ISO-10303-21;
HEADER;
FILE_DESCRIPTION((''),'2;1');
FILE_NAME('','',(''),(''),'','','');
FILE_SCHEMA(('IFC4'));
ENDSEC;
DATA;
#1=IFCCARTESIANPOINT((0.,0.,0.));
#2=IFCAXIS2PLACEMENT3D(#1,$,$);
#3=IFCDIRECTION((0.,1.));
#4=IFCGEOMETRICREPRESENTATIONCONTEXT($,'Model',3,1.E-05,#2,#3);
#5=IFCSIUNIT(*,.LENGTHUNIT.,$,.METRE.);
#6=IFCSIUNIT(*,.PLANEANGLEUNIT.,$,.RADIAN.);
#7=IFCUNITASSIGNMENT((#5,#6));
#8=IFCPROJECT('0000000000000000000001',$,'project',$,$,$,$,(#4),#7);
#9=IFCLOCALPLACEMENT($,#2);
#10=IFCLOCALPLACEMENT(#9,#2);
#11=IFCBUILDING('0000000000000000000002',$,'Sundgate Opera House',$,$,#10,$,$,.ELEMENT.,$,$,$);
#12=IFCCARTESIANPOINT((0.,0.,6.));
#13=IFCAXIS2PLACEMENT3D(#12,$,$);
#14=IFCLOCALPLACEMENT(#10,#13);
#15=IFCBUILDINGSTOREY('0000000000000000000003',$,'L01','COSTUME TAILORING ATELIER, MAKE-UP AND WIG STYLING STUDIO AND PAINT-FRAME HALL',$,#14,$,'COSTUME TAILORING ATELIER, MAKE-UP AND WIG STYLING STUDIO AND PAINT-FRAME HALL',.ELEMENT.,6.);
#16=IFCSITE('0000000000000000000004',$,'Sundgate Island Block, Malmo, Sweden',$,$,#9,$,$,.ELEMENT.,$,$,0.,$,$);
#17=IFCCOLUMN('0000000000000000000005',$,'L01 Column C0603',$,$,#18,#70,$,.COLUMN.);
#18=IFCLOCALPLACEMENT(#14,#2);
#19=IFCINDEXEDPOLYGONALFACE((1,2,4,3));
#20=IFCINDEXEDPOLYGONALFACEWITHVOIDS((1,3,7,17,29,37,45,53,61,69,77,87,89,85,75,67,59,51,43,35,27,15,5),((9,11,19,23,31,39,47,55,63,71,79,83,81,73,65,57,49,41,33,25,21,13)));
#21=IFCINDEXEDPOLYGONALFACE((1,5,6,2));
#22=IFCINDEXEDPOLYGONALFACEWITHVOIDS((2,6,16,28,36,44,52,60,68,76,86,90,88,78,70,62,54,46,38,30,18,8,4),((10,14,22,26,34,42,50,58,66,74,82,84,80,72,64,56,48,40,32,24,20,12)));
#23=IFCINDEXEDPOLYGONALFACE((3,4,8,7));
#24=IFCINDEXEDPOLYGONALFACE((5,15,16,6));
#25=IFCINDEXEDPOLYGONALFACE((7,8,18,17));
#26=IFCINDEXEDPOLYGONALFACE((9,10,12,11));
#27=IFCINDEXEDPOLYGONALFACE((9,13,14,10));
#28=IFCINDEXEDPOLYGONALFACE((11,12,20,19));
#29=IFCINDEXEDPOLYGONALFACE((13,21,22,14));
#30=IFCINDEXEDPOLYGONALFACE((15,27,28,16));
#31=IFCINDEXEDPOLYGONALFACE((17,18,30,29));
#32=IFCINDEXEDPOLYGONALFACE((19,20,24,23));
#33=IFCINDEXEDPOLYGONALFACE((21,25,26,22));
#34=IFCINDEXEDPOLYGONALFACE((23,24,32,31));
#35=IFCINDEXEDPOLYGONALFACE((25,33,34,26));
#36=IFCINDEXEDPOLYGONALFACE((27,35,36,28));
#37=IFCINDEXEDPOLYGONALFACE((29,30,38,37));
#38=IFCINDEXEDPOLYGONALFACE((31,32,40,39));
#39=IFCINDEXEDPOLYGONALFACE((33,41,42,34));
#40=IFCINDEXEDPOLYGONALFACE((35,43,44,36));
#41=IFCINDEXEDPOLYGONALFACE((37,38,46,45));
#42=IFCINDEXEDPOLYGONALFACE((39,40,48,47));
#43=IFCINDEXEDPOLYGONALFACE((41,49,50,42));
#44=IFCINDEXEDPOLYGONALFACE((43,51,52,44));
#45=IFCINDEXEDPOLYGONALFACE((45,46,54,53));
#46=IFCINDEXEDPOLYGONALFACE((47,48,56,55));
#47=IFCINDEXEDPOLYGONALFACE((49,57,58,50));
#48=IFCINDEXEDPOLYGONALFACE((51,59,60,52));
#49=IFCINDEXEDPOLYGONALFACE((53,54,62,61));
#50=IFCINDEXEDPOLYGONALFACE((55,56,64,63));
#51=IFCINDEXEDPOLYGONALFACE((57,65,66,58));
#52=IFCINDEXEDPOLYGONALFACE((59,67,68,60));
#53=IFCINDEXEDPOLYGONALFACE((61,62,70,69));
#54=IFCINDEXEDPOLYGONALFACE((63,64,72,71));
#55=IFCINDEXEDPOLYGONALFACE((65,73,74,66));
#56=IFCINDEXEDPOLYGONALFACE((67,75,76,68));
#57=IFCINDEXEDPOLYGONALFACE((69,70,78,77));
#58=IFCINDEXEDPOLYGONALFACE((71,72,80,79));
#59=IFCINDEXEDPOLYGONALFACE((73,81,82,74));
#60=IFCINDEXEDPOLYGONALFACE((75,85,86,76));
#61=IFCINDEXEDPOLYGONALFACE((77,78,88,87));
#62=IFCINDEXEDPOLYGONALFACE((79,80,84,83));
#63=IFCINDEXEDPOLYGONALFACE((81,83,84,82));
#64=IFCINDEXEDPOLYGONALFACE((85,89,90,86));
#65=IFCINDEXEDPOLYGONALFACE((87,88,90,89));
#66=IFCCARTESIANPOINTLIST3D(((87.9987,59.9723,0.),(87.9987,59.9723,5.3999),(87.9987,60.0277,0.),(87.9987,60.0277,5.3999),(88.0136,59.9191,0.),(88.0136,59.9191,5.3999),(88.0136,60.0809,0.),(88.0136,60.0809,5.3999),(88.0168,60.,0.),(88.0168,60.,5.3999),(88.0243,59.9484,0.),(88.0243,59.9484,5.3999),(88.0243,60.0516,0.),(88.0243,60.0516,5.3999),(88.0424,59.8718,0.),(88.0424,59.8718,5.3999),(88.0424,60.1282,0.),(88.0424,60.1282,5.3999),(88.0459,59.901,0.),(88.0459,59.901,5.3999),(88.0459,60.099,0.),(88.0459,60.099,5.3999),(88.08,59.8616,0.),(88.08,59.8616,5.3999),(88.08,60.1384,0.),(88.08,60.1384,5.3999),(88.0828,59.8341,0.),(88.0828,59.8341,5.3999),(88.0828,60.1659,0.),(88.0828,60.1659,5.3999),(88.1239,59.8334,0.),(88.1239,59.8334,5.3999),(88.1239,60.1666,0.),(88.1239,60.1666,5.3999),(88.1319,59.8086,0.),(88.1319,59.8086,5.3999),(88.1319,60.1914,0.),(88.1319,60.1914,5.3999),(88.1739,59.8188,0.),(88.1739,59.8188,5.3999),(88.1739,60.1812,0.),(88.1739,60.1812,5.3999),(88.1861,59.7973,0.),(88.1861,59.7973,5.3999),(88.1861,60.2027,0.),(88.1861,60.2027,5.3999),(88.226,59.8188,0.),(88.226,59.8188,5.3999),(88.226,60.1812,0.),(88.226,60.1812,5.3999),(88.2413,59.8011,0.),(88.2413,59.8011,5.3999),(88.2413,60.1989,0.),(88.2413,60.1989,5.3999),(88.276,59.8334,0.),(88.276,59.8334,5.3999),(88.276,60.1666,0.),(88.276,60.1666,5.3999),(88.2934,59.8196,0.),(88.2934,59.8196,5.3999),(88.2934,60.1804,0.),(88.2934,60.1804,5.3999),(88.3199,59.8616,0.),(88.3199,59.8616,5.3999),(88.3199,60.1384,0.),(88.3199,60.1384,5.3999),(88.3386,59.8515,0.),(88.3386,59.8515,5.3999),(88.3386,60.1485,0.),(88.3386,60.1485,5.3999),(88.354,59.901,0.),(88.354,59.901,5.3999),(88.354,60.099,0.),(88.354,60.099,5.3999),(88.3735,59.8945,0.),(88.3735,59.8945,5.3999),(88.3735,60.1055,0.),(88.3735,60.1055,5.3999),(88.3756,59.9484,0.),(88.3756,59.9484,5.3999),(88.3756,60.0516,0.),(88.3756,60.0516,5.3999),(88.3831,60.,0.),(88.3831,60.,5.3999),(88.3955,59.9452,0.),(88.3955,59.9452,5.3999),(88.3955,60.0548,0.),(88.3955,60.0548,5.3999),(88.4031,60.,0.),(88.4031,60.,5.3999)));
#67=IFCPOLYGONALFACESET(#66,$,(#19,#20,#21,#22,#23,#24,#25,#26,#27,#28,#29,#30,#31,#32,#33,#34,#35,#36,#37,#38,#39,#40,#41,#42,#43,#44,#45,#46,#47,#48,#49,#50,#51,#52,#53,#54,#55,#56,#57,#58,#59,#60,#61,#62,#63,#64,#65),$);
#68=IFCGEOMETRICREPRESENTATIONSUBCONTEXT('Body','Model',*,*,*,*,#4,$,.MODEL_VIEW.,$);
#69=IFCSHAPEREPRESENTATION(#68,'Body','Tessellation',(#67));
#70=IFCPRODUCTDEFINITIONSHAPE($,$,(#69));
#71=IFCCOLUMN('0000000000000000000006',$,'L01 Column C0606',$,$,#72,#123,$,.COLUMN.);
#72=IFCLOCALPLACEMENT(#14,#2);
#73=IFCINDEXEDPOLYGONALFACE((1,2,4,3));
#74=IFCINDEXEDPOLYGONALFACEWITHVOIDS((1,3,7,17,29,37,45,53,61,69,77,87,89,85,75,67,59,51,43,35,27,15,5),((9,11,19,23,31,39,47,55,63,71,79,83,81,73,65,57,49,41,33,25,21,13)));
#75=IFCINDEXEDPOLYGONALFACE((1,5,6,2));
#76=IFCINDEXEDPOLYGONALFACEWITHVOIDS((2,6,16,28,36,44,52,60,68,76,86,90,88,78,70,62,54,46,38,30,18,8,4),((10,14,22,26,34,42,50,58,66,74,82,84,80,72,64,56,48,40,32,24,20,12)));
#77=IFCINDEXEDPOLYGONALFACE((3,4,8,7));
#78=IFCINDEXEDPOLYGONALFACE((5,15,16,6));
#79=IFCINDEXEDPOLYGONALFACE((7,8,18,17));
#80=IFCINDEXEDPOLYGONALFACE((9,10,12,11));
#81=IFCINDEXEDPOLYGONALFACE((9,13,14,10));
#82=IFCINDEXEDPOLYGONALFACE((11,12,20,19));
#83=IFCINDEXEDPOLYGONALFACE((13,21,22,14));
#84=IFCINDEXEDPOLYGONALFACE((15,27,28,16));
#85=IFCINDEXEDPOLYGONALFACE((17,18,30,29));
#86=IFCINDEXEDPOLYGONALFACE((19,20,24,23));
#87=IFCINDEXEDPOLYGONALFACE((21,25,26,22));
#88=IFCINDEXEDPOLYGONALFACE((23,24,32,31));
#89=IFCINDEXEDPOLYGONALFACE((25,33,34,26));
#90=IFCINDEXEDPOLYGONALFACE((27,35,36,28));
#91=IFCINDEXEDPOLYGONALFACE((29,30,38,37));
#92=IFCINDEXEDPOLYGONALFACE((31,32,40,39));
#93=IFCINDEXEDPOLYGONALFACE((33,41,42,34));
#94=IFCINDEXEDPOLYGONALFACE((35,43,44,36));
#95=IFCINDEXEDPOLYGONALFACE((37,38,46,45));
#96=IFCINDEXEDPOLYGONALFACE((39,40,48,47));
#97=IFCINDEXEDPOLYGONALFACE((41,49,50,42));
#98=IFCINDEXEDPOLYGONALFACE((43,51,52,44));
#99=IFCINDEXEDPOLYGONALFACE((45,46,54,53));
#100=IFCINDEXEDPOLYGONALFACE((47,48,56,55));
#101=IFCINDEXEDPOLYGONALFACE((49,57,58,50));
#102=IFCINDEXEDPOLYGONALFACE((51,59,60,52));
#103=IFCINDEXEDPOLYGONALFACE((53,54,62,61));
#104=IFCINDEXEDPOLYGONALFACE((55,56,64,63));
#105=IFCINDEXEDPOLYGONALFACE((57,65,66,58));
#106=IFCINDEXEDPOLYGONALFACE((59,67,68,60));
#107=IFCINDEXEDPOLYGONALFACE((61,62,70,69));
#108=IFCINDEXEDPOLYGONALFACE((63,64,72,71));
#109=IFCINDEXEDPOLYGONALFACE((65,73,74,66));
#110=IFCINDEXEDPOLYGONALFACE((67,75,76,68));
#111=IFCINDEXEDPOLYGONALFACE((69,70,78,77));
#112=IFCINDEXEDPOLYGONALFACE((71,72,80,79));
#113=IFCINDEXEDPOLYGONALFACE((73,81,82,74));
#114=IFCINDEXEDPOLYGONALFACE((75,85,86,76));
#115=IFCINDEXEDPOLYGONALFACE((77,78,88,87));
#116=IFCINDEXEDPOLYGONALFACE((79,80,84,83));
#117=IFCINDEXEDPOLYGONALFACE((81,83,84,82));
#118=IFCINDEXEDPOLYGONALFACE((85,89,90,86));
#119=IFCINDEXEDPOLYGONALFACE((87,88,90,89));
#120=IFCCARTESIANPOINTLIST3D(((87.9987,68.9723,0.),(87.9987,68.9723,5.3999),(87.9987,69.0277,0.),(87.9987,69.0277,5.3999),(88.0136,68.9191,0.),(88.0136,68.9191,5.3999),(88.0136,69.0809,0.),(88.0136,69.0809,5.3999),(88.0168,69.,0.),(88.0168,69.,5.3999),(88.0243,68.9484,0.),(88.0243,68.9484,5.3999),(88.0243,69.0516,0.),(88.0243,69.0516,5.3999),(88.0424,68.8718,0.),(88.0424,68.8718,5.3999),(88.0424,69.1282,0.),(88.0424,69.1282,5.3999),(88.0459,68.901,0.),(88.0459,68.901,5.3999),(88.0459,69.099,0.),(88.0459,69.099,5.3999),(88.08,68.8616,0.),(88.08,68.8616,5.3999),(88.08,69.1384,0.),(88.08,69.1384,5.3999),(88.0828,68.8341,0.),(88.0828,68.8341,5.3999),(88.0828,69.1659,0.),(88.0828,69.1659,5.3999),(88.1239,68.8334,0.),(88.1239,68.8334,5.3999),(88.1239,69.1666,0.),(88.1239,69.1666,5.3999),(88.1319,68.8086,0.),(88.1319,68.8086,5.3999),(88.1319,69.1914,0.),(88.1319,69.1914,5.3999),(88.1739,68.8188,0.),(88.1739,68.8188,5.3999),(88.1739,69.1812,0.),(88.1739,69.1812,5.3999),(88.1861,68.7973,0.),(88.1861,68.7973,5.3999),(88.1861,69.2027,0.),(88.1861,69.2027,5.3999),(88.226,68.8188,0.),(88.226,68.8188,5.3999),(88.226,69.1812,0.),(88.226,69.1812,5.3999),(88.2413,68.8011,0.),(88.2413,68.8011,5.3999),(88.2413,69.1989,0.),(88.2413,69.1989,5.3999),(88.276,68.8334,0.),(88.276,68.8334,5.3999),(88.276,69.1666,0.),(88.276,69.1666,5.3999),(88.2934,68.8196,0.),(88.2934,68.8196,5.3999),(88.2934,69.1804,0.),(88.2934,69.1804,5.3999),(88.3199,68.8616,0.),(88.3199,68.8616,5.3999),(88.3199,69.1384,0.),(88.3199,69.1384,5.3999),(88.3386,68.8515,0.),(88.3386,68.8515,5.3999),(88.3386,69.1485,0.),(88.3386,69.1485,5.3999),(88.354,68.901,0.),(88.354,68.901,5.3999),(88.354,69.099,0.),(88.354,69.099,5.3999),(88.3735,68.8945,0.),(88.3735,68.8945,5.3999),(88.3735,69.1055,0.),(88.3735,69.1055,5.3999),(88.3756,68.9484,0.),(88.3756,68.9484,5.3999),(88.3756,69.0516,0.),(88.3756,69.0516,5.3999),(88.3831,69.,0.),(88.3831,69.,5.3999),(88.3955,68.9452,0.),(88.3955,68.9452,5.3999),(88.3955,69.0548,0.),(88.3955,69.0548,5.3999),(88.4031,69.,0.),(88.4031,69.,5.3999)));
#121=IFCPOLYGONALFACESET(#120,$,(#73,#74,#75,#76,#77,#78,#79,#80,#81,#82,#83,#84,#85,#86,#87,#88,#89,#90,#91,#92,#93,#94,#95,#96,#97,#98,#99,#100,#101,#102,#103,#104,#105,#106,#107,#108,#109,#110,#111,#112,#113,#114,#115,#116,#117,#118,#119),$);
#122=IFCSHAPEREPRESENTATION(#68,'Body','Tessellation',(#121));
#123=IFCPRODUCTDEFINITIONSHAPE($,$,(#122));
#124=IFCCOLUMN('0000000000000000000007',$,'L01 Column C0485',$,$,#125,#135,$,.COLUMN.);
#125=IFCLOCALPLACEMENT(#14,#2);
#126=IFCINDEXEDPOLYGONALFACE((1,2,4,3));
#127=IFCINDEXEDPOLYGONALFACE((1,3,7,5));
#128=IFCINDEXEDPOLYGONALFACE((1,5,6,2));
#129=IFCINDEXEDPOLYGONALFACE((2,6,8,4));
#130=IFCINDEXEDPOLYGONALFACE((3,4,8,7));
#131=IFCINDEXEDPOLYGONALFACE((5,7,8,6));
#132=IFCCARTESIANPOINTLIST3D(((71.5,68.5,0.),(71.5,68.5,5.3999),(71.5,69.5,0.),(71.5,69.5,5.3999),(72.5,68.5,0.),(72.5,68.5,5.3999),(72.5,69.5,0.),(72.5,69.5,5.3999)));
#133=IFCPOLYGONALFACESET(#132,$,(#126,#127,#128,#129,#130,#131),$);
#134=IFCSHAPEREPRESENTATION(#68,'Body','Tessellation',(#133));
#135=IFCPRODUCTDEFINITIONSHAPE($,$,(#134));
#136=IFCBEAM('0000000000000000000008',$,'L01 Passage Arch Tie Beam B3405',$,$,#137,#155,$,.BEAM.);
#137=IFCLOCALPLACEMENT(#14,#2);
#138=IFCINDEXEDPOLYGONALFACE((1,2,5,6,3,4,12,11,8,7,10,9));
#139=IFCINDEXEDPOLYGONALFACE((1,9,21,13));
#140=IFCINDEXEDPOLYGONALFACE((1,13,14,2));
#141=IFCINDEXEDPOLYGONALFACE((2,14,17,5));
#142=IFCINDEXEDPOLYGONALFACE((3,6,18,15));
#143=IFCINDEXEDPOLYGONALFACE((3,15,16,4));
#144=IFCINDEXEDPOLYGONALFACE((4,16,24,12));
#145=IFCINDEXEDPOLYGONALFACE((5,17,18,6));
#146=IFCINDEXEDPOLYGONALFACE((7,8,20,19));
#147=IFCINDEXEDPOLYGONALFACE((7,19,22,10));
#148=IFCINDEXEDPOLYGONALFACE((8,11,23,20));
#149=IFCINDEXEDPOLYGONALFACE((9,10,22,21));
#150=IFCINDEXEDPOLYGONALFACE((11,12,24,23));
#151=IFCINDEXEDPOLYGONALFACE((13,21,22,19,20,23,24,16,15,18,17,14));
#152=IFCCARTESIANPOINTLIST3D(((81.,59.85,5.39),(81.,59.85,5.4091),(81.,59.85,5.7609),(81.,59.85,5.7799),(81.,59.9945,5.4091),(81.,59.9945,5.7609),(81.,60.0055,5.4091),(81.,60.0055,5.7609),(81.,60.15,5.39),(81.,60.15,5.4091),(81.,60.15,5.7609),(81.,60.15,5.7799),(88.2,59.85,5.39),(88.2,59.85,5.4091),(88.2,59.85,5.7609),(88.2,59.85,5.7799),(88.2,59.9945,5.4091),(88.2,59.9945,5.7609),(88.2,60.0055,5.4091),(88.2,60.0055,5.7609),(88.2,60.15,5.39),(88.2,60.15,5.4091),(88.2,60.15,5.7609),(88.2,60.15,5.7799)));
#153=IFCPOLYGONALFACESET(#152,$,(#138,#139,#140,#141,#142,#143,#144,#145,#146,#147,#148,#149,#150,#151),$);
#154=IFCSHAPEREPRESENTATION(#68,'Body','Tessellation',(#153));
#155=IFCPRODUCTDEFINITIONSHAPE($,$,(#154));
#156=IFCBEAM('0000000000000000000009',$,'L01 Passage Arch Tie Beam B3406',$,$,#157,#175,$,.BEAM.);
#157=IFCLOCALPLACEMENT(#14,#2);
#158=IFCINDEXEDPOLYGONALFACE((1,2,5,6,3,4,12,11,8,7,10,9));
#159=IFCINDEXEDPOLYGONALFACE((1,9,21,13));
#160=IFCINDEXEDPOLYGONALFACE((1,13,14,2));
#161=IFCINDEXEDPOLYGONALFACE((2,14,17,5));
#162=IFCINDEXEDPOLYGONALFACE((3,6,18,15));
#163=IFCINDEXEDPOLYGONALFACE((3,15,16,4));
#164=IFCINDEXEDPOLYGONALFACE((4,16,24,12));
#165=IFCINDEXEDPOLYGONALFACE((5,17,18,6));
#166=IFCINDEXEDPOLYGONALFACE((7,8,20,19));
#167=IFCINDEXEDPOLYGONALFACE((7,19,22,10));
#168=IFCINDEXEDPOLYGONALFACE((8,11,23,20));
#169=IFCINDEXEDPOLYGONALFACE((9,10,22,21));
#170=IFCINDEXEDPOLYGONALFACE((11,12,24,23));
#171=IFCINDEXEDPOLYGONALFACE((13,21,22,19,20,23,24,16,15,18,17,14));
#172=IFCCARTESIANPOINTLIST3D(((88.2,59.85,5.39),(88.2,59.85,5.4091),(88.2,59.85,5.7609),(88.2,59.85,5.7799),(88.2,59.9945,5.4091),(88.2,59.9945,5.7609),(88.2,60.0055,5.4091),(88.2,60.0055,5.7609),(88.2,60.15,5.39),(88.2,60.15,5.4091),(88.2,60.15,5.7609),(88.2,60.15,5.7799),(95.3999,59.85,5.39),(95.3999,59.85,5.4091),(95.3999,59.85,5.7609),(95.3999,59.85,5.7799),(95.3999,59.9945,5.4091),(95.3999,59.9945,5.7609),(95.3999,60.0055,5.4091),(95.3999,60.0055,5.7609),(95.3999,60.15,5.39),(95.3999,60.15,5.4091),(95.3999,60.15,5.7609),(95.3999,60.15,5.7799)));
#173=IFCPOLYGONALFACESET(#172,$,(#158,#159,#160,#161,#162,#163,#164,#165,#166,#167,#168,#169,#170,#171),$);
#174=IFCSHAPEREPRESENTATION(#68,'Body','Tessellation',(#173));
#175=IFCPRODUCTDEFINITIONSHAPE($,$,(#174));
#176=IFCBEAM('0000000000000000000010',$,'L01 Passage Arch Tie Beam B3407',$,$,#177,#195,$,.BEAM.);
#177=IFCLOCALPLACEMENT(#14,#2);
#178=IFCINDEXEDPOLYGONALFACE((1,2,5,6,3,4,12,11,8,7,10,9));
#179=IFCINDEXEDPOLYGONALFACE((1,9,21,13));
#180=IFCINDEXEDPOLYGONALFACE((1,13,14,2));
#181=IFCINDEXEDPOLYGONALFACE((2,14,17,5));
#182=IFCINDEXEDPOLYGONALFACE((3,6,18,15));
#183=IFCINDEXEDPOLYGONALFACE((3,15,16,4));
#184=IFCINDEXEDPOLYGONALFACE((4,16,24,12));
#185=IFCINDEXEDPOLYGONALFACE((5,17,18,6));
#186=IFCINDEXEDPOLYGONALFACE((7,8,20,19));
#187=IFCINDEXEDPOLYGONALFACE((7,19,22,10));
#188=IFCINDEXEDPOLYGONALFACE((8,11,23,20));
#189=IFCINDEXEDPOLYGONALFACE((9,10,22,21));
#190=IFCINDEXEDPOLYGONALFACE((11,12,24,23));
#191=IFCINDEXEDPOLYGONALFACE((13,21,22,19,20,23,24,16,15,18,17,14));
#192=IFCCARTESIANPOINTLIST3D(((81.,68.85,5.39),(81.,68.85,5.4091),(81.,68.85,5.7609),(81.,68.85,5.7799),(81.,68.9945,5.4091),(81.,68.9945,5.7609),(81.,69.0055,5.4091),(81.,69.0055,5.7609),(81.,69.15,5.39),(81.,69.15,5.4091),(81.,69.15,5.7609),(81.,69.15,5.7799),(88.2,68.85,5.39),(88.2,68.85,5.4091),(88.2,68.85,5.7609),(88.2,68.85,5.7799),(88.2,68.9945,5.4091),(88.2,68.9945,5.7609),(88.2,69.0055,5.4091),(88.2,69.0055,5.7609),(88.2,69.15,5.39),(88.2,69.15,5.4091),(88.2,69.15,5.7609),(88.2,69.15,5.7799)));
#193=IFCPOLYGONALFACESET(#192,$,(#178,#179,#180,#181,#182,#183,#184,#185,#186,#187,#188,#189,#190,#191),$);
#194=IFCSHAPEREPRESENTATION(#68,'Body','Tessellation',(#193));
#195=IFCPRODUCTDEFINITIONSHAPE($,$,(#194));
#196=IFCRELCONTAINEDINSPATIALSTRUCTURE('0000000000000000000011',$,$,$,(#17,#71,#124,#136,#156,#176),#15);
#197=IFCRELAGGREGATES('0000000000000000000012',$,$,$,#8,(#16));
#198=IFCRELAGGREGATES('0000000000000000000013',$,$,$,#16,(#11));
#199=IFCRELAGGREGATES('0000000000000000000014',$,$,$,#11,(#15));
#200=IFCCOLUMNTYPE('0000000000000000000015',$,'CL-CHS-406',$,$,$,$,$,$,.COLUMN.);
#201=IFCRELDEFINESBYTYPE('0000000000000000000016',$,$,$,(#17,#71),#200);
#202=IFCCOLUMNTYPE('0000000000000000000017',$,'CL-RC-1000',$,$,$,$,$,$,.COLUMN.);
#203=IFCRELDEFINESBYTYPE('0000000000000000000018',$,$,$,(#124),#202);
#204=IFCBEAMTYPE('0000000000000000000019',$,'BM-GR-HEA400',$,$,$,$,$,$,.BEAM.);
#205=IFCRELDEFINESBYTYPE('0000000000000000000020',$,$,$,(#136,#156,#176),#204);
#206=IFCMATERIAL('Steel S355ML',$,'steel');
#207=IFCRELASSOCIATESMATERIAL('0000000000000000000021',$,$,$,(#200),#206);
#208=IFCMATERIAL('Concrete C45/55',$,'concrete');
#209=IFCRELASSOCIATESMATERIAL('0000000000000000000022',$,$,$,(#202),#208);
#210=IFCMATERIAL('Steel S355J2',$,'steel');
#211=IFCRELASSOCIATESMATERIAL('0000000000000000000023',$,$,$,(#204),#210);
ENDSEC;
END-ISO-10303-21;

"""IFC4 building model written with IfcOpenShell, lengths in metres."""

from ifc_helpers import new_model, si_unit, direction, frame, origin, origin_2d, place, context, subcontext, project, spatial, rectangle, hollow_circle, i_section, extrude, material, material_profile, profile_set, type_object, element, save


model = new_model("IFC4")

# Units and contexts
model_context = context("Model", 3, precision=1e-05, world=origin(), true_north=direction((0.0, 1.0)))
body_context = subcontext(model_context, "Body", "Model", "MODEL_VIEW")
ifc_project = project(units=[si_unit("LENGTHUNIT", "METRE"), si_unit("PLANEANGLEUNIT", "RADIAN")], contexts=[model_context])

# Site, building, storey
site_placement = place(None, origin())
site = spatial("IfcSite", under=ifc_project, at=site_placement, Name="Sundgate Island Block, Malmo, Sweden", CompositionType="ELEMENT", RefElevation=0.0)
building_placement = place(site_placement, origin())
building = spatial("IfcBuilding", under=site, at=building_placement, Name="Sundgate Opera House", CompositionType="ELEMENT")
storey_placement = place(building_placement, frame((0.0, 0.0, 6.0)))
storey = spatial("IfcBuildingStorey", under=building, at=storey_placement, Name="L01", Description="COSTUME TAILORING ATELIER, MAKE-UP AND WIG STYLING STUDIO AND PAINT-FRAME HALL", LongName="COSTUME TAILORING ATELIER, MAKE-UP AND WIG STYLING STUDIO AND PAINT-FRAME HALL", CompositionType="ELEMENT", Elevation=6.0)

# Columns
ifc_material_1 = material(Name="Steel S355ML", Category="steel")
ifc_material_profile_1 = material_profile(ifc_material_1, hollow_circle(Radius=0.2031, WallThickness=0.02, at=origin_2d()), Name="CHS 406.4x20.0")
ifc_profile_set_1 = profile_set([ifc_material_profile_1], Name="Steel S355ML")
column_type_1 = type_object("IfcColumnType", Name="CL-CHS-406", PredefinedType="COLUMN", material=ifc_profile_set_1)
for number, where, z_axis, x_axis, name in (
    (1, (88.2, 60.0, 0.0), (0.0, 0.0, 1.0), (1.0, 0.0, 0.0), "L01 Column C0603"),
    (2, (88.2, 69.0, 0.0), (0.0, 0.0, 1.0), (1.0, 0.0, 0.0), "L01 Column C0606"),
):
    element("IfcColumn", number, at=place(storey_placement, frame(where, z_axis=z_axis, x_axis=x_axis)), inside=storey, type_object=column_type_1, Name=name, PredefinedType="COLUMN", context=body_context, shape_type="SweptSolid", body=[
        extrude(hollow_circle(Radius=0.2031, WallThickness=0.02, at=origin_2d()), origin(), (0.0, 0.0, 1.0), 5.3999),
    ])
ifc_material_2 = material(Name="Concrete C45/55", Category="concrete")
ifc_material_profile_2 = material_profile(ifc_material_2, rectangle(XDim=1.0, YDim=1.0, at=origin_2d()), Name="RC 1000x1000")
ifc_profile_set_2 = profile_set([ifc_material_profile_2], Name="Concrete C45/55")
column_type_2 = type_object("IfcColumnType", Name="CL-RC-1000", PredefinedType="COLUMN", material=ifc_profile_set_2)
column_placement = place(storey_placement, frame((72.0, 69.0, 0.0), z_axis=(0.0, 0.0, 1.0), x_axis=(1.0, 0.0, 0.0)))
element("IfcColumn", 3, at=column_placement, inside=storey, type_object=column_type_2, Name="L01 Column C0485", PredefinedType="COLUMN", context=body_context, shape_type="SweptSolid", body=[
    extrude(rectangle(XDim=1.0, YDim=1.0, at=origin_2d()), origin(), (0.0, 0.0, 1.0), 5.3999),
])

# Beams
ifc_material_3 = material(Name="Steel S355J2", Category="steel")
ifc_material_profile_3 = material_profile(ifc_material_3, i_section(OverallWidth=0.3, OverallDepth=0.3899, WebThickness=0.011, FlangeThickness=0.019, at=origin_2d()), Name="HEA 400")
ifc_profile_set_3 = profile_set([ifc_material_profile_3], Name="Steel S355J2")
beam_type_1 = type_object("IfcBeamType", Name="BM-GR-HEA400", PredefinedType="BEAM", material=ifc_profile_set_3)
for number, where, z_axis, x_axis, name in (
    (4, (81.0, 60.0, 5.585), (1.0, 0.0, 0.0), (0.0, 1.0, 0.0), "L01 Passage Arch Tie Beam B3405"),
    (5, (88.2, 60.0, 5.585), (1.0, 0.0, 0.0), (0.0, 1.0, 0.0), "L01 Passage Arch Tie Beam B3406"),
    (6, (81.0, 69.0, 5.585), (1.0, 0.0, 0.0), (0.0, 1.0, 0.0), "L01 Passage Arch Tie Beam B3407"),
):
    element("IfcBeam", number, at=place(storey_placement, frame(where, z_axis=z_axis, x_axis=x_axis)), inside=storey, type_object=beam_type_1, Name=name, PredefinedType="BEAM", context=body_context, shape_type="SweptSolid", body=[
        extrude(i_section(OverallWidth=0.3, OverallDepth=0.3899, WebThickness=0.011, FlangeThickness=0.019, at=origin_2d()), origin(), (0.0, 0.0, 1.0), 7.2),
    ])

save(model, "model.ifc")
